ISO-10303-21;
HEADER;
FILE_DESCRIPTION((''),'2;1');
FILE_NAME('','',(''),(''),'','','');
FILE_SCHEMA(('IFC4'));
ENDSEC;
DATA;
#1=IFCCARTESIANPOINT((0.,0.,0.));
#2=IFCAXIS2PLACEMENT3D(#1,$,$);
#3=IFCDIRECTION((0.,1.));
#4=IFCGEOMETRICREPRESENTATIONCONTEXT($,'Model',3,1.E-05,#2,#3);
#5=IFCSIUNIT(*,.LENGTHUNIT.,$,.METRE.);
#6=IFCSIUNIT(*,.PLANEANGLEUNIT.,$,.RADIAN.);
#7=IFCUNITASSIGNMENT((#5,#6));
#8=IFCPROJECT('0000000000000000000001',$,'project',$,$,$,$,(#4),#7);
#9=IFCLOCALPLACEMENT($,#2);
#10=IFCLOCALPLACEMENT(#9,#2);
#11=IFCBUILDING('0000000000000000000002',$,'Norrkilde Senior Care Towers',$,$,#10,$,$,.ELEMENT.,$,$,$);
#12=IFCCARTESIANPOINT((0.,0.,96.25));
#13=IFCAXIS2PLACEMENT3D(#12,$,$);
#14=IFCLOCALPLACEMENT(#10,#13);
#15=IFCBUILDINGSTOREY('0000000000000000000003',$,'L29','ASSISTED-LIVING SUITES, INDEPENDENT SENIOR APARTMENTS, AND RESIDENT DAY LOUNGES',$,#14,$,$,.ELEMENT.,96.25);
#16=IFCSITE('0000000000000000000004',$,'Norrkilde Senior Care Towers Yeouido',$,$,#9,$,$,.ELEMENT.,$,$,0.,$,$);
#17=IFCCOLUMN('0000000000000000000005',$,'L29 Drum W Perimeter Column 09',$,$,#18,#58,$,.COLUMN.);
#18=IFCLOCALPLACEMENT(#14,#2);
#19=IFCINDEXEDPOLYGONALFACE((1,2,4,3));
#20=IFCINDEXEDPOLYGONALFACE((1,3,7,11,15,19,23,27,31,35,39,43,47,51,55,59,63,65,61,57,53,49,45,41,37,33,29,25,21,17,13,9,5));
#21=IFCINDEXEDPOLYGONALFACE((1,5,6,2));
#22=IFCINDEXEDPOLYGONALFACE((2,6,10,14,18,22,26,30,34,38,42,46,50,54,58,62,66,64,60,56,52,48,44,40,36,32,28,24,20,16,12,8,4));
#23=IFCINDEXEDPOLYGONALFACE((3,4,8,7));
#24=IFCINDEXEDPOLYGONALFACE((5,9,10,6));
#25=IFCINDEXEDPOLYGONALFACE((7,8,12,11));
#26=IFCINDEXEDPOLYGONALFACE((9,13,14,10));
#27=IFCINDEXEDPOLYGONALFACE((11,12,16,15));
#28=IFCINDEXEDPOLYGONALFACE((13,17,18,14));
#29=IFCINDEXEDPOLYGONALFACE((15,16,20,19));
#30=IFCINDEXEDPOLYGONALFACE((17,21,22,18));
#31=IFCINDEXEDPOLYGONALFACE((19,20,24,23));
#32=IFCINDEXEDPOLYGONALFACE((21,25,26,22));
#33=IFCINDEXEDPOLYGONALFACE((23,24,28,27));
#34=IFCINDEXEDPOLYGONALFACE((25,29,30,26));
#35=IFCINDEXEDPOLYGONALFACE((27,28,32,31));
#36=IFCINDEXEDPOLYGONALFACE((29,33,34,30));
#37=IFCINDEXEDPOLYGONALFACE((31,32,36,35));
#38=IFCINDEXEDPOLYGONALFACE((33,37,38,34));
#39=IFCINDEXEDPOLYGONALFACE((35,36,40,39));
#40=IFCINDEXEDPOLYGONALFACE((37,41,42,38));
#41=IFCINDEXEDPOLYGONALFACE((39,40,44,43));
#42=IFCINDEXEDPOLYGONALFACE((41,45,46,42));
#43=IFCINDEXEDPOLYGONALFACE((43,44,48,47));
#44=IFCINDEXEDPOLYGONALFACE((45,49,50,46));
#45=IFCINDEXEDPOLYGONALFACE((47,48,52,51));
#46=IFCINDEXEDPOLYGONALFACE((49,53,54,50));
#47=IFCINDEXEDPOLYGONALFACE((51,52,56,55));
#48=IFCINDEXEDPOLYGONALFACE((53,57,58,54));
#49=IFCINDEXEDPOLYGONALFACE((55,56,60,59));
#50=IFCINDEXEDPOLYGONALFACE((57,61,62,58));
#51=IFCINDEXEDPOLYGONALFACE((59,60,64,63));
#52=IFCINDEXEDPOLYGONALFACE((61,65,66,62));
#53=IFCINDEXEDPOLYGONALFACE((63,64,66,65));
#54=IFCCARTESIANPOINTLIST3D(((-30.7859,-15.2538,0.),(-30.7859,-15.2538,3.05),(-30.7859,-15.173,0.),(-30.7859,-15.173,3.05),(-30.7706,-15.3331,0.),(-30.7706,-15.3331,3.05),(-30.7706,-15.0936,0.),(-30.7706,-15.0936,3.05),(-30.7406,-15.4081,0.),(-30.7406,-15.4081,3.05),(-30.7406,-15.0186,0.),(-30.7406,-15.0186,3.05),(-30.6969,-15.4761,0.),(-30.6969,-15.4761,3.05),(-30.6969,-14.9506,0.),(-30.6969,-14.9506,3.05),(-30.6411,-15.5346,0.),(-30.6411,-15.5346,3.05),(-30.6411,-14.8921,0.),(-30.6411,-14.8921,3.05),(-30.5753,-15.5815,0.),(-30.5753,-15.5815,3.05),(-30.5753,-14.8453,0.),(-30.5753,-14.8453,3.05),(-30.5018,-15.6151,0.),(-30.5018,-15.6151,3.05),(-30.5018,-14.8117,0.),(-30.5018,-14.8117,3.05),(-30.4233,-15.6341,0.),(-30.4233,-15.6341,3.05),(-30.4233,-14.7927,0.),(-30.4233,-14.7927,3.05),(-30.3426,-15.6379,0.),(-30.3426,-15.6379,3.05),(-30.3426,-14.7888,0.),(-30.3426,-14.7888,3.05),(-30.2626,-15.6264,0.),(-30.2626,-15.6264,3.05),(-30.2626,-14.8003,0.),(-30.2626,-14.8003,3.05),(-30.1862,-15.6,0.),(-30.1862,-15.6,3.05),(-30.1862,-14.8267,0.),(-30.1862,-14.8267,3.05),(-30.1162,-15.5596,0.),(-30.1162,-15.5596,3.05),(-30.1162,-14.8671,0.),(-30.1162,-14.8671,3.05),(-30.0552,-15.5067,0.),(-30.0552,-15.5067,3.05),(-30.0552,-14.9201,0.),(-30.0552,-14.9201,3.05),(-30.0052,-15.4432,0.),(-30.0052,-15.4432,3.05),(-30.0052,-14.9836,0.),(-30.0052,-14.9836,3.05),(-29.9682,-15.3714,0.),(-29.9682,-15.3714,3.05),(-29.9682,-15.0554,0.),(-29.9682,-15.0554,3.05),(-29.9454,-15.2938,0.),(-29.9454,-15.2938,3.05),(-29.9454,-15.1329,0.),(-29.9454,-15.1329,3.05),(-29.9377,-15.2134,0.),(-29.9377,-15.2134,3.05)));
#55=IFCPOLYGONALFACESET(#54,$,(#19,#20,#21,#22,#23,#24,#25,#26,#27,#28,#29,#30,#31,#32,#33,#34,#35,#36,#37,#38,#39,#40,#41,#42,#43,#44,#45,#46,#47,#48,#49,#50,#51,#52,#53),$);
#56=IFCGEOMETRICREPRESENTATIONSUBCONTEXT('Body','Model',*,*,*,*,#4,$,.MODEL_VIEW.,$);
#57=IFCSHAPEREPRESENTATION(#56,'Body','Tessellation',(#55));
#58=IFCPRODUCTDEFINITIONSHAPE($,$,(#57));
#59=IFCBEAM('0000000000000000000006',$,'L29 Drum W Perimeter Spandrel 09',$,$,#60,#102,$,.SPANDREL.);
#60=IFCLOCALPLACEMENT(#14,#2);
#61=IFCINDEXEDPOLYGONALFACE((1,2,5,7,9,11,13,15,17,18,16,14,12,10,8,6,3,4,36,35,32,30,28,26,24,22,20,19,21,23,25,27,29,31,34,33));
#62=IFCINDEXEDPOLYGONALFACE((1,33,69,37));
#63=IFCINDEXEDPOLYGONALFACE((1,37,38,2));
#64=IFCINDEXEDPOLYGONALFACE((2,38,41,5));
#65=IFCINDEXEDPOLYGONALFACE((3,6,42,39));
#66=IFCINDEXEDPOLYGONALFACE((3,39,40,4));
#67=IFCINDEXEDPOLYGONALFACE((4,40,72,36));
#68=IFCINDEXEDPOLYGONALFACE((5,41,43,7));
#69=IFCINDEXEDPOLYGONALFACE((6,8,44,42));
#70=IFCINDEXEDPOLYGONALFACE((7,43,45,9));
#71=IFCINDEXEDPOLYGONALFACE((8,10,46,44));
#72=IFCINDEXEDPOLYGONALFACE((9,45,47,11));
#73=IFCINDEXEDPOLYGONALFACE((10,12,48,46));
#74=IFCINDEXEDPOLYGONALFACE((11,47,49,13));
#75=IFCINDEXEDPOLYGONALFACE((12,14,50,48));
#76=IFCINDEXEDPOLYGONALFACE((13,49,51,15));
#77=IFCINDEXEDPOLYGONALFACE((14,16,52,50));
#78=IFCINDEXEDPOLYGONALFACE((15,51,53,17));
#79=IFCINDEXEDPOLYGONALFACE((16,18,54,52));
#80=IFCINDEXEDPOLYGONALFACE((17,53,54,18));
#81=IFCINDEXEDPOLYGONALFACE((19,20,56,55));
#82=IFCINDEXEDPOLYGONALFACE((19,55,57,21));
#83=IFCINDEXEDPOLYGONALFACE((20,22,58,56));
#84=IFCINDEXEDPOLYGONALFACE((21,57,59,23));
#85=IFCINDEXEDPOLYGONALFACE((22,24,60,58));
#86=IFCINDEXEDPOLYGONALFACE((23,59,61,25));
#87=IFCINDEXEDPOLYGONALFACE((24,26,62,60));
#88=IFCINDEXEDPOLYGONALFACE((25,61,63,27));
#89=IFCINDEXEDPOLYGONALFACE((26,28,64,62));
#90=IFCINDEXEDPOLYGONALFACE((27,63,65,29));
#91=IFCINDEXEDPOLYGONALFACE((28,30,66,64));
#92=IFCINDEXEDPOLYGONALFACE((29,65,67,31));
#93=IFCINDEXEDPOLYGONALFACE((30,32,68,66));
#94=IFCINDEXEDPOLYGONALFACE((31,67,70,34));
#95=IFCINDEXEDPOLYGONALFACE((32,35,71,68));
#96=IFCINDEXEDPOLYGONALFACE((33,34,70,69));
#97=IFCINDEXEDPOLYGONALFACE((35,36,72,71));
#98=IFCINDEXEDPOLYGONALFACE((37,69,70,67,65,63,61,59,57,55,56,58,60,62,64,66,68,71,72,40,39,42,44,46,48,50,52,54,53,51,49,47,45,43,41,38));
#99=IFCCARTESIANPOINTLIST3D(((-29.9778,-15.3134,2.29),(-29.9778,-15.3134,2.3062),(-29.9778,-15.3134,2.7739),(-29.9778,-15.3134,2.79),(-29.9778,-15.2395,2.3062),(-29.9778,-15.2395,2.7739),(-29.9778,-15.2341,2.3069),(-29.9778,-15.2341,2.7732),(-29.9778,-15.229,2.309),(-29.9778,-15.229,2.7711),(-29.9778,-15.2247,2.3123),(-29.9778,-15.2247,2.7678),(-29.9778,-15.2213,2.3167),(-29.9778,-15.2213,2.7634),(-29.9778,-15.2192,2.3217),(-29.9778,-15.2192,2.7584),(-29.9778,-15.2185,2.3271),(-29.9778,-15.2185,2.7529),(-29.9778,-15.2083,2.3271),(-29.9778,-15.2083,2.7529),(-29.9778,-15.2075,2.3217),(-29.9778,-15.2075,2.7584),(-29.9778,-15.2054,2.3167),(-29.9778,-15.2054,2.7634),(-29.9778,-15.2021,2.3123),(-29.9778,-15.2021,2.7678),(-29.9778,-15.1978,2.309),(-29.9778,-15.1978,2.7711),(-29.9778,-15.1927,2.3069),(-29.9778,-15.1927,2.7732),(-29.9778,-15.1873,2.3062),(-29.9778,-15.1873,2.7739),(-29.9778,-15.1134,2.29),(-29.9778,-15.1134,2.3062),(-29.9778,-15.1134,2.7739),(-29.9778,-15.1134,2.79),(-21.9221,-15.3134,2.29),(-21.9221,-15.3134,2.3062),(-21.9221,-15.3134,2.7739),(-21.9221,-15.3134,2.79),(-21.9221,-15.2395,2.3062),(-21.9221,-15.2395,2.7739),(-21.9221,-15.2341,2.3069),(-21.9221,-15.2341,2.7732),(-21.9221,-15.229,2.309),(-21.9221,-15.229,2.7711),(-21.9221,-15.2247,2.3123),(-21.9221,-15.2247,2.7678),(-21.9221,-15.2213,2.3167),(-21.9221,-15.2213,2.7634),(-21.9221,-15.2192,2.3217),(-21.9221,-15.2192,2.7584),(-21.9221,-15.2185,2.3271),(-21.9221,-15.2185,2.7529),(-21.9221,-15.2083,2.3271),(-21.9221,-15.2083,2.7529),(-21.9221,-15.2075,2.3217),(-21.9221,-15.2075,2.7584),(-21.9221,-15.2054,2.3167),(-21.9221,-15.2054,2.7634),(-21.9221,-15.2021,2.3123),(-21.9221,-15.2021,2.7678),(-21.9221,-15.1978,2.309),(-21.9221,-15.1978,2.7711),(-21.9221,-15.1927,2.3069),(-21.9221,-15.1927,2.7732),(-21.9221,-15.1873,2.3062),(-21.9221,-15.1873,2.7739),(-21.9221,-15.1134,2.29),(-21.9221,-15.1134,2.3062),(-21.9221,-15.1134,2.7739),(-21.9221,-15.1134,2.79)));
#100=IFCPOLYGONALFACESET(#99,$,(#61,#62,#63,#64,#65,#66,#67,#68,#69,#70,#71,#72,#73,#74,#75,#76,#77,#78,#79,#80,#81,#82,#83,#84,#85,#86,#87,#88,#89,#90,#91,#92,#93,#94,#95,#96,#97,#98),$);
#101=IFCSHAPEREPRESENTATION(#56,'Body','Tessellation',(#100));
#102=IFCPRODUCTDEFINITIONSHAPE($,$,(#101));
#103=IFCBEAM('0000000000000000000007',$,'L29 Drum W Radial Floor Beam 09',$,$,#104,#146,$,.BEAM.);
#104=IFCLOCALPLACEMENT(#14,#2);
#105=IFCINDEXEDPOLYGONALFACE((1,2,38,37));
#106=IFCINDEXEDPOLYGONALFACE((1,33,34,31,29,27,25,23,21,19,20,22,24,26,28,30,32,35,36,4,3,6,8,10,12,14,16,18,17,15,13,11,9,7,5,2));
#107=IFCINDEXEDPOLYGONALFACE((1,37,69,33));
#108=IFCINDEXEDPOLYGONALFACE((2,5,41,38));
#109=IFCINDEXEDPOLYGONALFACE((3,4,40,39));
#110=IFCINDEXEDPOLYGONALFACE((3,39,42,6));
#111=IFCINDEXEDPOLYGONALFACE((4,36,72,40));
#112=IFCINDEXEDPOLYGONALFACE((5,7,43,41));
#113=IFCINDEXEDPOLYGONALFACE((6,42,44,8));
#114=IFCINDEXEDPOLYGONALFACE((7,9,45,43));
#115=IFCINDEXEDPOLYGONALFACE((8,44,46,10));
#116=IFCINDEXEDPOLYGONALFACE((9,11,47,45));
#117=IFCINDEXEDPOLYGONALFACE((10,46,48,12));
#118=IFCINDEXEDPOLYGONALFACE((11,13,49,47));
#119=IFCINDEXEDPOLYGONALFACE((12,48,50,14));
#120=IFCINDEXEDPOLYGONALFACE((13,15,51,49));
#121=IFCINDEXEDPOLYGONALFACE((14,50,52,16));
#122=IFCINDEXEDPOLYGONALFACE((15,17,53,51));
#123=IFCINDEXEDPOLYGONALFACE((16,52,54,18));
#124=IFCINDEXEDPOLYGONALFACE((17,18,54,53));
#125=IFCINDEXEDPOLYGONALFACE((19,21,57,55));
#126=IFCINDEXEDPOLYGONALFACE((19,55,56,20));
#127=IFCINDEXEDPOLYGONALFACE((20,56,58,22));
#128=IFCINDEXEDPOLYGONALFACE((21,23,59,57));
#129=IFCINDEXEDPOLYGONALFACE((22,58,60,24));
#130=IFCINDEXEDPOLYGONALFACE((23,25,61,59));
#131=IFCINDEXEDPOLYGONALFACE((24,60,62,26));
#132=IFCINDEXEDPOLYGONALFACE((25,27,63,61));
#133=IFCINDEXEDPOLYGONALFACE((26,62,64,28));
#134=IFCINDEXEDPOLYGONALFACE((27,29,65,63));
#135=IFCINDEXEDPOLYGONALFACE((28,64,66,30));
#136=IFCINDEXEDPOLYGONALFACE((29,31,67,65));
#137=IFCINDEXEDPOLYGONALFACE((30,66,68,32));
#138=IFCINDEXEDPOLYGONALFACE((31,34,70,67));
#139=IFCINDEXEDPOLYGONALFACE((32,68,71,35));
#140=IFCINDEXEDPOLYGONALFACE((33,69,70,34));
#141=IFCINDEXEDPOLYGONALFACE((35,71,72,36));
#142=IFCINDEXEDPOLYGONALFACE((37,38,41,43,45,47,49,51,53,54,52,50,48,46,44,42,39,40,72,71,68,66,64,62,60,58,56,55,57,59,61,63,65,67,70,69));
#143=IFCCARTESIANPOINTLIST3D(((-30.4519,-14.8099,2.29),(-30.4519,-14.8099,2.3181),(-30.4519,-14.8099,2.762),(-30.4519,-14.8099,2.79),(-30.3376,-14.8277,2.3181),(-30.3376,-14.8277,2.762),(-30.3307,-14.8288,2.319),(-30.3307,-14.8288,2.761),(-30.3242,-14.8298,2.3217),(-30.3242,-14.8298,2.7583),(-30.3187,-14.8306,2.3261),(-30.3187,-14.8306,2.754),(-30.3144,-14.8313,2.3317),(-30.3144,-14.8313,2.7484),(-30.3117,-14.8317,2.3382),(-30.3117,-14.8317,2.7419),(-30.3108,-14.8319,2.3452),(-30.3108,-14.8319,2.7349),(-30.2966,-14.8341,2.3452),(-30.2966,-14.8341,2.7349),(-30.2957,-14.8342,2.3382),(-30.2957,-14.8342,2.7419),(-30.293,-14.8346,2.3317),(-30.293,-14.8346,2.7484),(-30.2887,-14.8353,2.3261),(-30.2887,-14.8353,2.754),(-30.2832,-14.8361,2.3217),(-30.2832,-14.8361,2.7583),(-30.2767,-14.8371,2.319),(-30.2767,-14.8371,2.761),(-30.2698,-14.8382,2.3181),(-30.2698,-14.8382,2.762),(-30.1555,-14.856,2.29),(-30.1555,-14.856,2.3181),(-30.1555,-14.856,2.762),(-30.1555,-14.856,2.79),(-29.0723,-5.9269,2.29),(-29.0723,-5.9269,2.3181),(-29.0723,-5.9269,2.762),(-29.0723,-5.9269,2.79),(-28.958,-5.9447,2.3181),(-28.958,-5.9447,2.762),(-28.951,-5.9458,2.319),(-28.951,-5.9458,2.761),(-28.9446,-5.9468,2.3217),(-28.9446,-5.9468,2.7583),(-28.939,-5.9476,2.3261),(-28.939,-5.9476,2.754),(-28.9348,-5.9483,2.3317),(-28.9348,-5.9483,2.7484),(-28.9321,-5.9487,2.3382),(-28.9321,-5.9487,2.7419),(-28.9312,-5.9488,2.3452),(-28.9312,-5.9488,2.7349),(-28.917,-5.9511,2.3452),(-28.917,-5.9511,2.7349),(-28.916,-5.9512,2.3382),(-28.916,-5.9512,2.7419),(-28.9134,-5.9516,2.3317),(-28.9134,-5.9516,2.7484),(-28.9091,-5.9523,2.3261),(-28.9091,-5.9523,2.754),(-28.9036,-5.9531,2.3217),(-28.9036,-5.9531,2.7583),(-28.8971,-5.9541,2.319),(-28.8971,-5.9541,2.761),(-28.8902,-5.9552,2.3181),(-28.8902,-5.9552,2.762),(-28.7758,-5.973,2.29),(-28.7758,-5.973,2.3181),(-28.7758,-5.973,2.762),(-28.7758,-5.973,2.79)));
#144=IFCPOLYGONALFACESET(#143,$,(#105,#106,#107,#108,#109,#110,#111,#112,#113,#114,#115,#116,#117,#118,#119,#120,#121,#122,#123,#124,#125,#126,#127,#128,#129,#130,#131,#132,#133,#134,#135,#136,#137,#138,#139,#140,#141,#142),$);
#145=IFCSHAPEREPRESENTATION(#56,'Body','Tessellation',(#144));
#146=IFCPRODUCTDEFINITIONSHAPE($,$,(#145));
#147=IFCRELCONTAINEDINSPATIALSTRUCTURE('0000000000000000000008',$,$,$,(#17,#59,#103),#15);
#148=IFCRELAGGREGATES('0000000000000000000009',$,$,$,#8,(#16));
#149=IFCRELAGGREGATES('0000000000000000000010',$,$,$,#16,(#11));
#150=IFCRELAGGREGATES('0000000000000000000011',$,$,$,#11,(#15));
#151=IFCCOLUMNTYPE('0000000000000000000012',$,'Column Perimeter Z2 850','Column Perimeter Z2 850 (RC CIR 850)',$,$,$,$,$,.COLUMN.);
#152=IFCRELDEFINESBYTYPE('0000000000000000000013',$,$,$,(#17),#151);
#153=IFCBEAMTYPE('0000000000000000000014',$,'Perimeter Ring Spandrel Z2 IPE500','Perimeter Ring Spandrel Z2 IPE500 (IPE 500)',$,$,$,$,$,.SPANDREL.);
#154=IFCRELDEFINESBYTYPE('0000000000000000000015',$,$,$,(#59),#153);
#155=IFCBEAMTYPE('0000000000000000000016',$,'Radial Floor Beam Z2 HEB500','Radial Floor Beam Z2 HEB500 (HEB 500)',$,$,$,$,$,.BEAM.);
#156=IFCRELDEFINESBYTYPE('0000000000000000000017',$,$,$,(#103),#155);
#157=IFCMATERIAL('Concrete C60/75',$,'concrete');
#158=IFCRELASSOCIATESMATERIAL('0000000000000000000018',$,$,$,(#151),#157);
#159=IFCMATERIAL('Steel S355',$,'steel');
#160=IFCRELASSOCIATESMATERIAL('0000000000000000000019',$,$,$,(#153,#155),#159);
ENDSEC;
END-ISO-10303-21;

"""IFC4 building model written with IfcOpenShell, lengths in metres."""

from ifc_helpers import new_model, si_unit, direction, frame, origin, origin_2d, place, context, subcontext, project, spatial, circle, i_section, extrude, source, transform, mapped, material, material_profile, profile_set, type_object, type_shapes, element, save


model = new_model("IFC4")

# Units and contexts
model_context = context("Model", 3, precision=1e-05, world=origin(), true_north=direction((0.0, 1.0)))
body_context = subcontext(model_context, "Body", "Model", "MODEL_VIEW")
ifc_project = project(units=[si_unit("LENGTHUNIT", "METRE"), si_unit("PLANEANGLEUNIT", "RADIAN")], contexts=[model_context])

# Site, building, storey
site_placement = place(None, origin())
site = spatial("IfcSite", under=ifc_project, at=site_placement, Name="Norrkilde Senior Care Towers Yeouido", CompositionType="ELEMENT", RefElevation=0.0)
building_placement = place(site_placement, origin())
building = spatial("IfcBuilding", under=site, at=building_placement, Name="Norrkilde Senior Care Towers", CompositionType="ELEMENT")
storey_placement = place(building_placement, frame((0.0, 0.0, 96.25)))
storey = spatial("IfcBuildingStorey", under=building, at=storey_placement, Name="L29", Description="ASSISTED-LIVING SUITES, INDEPENDENT SENIOR APARTMENTS, AND RESIDENT DAY LOUNGES", CompositionType="ELEMENT", Elevation=96.25)

# Column
ifc_material_1 = material(Name="Concrete C60/75", Category="concrete")
ifc_material_profile_1 = material_profile(ifc_material_1, circle(Radius=0.425, at=origin_2d()), Name="RC CIR 850")
ifc_profile_set_1 = profile_set([ifc_material_profile_1], Name="Concrete C60/75")
column_type = type_object("IfcColumnType", Name="Column Perimeter Z2 850", Description="Column Perimeter Z2 850 (RC CIR 850)", PredefinedType="COLUMN", material=ifc_profile_set_1)
shared_shape_1 = source(origin(), body_context, "Body", "SweptSolid", [
    extrude(circle(Radius=0.425, at=origin_2d()), origin(), (0.0, 0.0, 1.0), 3.05),
])
type_shapes(column_type, [shared_shape_1])
column_placement = place(storey_placement, frame((-30.3628, -15.2134, 0.0), z_axis=(0.0, 0.0, 1.0), x_axis=(1.0, 0.0, 0.0)))
element("IfcColumn", 1, at=column_placement, inside=storey, type_object=column_type, Name="L29 Drum W Perimeter Column 09", PredefinedType="COLUMN", context=body_context, shape_type="MappedRepresentation", body=[
    mapped(shared_shape_1, transform((0.0, 0.0, 0.0), x_axis=(1.0, 0.0, 0.0), y_axis=(0.0, 1.0, 0.0), z_axis=(0.0, 0.0, 1.0), scale=1.0)),
])

# Beams
ifc_material_2 = material(Name="Steel S355", Category="steel")
ifc_material_profile_2 = material_profile(ifc_material_2, i_section(OverallWidth=0.2, OverallDepth=0.5, WebThickness=0.0103, FlangeThickness=0.0161, FilletRadius=0.021, at=origin_2d()), Name="IPE 500")
ifc_profile_set_2 = profile_set([ifc_material_profile_2], Name="Steel S355")
beam_type_1 = type_object("IfcBeamType", Name="Perimeter Ring Spandrel Z2 IPE500", Description="Perimeter Ring Spandrel Z2 IPE500 (IPE 500)", PredefinedType="SPANDREL", material=ifc_profile_set_2)
shared_shape_2 = source(origin(), body_context, "Body", "SweptSolid", [
    extrude(i_section(OverallWidth=0.2, OverallDepth=0.5, WebThickness=0.0103, FlangeThickness=0.0161, FilletRadius=0.021, at=origin_2d()), origin(), (0.0, 0.0, 1.0), 8.0557),
])
type_shapes(beam_type_1, [shared_shape_2])
beam_1_placement = place(storey_placement, frame((-29.9778, -15.2134, 2.54), z_axis=(1.0, 0.0, 0.0), x_axis=(0.0, 1.0, 0.0)))
element("IfcBeam", 2, at=beam_1_placement, inside=storey, type_object=beam_type_1, Name="L29 Drum W Perimeter Spandrel 09", PredefinedType="SPANDREL", context=body_context, shape_type="MappedRepresentation", body=[
    mapped(shared_shape_2, transform((0.0, 0.0, 0.0), x_axis=(1.0, 0.0, 0.0), y_axis=(0.0, 1.0, 0.0), z_axis=(0.0, 0.0, 1.0), scale=1.0)),
])
ifc_material_profile_3 = material_profile(ifc_material_2, i_section(OverallWidth=0.3, OverallDepth=0.5, WebThickness=0.0144, FlangeThickness=0.0281, FilletRadius=0.0271, at=origin_2d()), Name="HEB 500")
ifc_profile_set_3 = profile_set([ifc_material_profile_3], Name="Steel S355")
beam_type_2 = type_object("IfcBeamType", Name="Radial Floor Beam Z2 HEB500", Description="Radial Floor Beam Z2 HEB500 (HEB 500)", PredefinedType="BEAM", material=ifc_profile_set_3)
shared_shape_3 = source(origin(), body_context, "Body", "SweptSolid", [
    extrude(i_section(OverallWidth=0.3, OverallDepth=0.5, WebThickness=0.0144, FlangeThickness=0.0281, FilletRadius=0.0271, at=origin_2d()), origin(), (0.0, 0.0, 1.0), 8.9895),
])
beam_2_placement = place(storey_placement, frame((-28.9241, -5.95, 2.54), z_axis=(-0.153471, -0.988153, 0.0), x_axis=(0.988153, -0.153471, 0.0)))
element("IfcBeam", 3, at=beam_2_placement, inside=storey, type_object=beam_type_2, Name="L29 Drum W Radial Floor Beam 09", PredefinedType="BEAM", context=body_context, shape_type="MappedRepresentation", body=[
    mapped(shared_shape_3, transform((0.0, 0.0, 0.0), x_axis=(1.0, 0.0, 0.0), y_axis=(0.0, 1.0, 0.0), z_axis=(0.0, 0.0, 1.0), scale=1.0)),
])

save(model, "model.ifc")
